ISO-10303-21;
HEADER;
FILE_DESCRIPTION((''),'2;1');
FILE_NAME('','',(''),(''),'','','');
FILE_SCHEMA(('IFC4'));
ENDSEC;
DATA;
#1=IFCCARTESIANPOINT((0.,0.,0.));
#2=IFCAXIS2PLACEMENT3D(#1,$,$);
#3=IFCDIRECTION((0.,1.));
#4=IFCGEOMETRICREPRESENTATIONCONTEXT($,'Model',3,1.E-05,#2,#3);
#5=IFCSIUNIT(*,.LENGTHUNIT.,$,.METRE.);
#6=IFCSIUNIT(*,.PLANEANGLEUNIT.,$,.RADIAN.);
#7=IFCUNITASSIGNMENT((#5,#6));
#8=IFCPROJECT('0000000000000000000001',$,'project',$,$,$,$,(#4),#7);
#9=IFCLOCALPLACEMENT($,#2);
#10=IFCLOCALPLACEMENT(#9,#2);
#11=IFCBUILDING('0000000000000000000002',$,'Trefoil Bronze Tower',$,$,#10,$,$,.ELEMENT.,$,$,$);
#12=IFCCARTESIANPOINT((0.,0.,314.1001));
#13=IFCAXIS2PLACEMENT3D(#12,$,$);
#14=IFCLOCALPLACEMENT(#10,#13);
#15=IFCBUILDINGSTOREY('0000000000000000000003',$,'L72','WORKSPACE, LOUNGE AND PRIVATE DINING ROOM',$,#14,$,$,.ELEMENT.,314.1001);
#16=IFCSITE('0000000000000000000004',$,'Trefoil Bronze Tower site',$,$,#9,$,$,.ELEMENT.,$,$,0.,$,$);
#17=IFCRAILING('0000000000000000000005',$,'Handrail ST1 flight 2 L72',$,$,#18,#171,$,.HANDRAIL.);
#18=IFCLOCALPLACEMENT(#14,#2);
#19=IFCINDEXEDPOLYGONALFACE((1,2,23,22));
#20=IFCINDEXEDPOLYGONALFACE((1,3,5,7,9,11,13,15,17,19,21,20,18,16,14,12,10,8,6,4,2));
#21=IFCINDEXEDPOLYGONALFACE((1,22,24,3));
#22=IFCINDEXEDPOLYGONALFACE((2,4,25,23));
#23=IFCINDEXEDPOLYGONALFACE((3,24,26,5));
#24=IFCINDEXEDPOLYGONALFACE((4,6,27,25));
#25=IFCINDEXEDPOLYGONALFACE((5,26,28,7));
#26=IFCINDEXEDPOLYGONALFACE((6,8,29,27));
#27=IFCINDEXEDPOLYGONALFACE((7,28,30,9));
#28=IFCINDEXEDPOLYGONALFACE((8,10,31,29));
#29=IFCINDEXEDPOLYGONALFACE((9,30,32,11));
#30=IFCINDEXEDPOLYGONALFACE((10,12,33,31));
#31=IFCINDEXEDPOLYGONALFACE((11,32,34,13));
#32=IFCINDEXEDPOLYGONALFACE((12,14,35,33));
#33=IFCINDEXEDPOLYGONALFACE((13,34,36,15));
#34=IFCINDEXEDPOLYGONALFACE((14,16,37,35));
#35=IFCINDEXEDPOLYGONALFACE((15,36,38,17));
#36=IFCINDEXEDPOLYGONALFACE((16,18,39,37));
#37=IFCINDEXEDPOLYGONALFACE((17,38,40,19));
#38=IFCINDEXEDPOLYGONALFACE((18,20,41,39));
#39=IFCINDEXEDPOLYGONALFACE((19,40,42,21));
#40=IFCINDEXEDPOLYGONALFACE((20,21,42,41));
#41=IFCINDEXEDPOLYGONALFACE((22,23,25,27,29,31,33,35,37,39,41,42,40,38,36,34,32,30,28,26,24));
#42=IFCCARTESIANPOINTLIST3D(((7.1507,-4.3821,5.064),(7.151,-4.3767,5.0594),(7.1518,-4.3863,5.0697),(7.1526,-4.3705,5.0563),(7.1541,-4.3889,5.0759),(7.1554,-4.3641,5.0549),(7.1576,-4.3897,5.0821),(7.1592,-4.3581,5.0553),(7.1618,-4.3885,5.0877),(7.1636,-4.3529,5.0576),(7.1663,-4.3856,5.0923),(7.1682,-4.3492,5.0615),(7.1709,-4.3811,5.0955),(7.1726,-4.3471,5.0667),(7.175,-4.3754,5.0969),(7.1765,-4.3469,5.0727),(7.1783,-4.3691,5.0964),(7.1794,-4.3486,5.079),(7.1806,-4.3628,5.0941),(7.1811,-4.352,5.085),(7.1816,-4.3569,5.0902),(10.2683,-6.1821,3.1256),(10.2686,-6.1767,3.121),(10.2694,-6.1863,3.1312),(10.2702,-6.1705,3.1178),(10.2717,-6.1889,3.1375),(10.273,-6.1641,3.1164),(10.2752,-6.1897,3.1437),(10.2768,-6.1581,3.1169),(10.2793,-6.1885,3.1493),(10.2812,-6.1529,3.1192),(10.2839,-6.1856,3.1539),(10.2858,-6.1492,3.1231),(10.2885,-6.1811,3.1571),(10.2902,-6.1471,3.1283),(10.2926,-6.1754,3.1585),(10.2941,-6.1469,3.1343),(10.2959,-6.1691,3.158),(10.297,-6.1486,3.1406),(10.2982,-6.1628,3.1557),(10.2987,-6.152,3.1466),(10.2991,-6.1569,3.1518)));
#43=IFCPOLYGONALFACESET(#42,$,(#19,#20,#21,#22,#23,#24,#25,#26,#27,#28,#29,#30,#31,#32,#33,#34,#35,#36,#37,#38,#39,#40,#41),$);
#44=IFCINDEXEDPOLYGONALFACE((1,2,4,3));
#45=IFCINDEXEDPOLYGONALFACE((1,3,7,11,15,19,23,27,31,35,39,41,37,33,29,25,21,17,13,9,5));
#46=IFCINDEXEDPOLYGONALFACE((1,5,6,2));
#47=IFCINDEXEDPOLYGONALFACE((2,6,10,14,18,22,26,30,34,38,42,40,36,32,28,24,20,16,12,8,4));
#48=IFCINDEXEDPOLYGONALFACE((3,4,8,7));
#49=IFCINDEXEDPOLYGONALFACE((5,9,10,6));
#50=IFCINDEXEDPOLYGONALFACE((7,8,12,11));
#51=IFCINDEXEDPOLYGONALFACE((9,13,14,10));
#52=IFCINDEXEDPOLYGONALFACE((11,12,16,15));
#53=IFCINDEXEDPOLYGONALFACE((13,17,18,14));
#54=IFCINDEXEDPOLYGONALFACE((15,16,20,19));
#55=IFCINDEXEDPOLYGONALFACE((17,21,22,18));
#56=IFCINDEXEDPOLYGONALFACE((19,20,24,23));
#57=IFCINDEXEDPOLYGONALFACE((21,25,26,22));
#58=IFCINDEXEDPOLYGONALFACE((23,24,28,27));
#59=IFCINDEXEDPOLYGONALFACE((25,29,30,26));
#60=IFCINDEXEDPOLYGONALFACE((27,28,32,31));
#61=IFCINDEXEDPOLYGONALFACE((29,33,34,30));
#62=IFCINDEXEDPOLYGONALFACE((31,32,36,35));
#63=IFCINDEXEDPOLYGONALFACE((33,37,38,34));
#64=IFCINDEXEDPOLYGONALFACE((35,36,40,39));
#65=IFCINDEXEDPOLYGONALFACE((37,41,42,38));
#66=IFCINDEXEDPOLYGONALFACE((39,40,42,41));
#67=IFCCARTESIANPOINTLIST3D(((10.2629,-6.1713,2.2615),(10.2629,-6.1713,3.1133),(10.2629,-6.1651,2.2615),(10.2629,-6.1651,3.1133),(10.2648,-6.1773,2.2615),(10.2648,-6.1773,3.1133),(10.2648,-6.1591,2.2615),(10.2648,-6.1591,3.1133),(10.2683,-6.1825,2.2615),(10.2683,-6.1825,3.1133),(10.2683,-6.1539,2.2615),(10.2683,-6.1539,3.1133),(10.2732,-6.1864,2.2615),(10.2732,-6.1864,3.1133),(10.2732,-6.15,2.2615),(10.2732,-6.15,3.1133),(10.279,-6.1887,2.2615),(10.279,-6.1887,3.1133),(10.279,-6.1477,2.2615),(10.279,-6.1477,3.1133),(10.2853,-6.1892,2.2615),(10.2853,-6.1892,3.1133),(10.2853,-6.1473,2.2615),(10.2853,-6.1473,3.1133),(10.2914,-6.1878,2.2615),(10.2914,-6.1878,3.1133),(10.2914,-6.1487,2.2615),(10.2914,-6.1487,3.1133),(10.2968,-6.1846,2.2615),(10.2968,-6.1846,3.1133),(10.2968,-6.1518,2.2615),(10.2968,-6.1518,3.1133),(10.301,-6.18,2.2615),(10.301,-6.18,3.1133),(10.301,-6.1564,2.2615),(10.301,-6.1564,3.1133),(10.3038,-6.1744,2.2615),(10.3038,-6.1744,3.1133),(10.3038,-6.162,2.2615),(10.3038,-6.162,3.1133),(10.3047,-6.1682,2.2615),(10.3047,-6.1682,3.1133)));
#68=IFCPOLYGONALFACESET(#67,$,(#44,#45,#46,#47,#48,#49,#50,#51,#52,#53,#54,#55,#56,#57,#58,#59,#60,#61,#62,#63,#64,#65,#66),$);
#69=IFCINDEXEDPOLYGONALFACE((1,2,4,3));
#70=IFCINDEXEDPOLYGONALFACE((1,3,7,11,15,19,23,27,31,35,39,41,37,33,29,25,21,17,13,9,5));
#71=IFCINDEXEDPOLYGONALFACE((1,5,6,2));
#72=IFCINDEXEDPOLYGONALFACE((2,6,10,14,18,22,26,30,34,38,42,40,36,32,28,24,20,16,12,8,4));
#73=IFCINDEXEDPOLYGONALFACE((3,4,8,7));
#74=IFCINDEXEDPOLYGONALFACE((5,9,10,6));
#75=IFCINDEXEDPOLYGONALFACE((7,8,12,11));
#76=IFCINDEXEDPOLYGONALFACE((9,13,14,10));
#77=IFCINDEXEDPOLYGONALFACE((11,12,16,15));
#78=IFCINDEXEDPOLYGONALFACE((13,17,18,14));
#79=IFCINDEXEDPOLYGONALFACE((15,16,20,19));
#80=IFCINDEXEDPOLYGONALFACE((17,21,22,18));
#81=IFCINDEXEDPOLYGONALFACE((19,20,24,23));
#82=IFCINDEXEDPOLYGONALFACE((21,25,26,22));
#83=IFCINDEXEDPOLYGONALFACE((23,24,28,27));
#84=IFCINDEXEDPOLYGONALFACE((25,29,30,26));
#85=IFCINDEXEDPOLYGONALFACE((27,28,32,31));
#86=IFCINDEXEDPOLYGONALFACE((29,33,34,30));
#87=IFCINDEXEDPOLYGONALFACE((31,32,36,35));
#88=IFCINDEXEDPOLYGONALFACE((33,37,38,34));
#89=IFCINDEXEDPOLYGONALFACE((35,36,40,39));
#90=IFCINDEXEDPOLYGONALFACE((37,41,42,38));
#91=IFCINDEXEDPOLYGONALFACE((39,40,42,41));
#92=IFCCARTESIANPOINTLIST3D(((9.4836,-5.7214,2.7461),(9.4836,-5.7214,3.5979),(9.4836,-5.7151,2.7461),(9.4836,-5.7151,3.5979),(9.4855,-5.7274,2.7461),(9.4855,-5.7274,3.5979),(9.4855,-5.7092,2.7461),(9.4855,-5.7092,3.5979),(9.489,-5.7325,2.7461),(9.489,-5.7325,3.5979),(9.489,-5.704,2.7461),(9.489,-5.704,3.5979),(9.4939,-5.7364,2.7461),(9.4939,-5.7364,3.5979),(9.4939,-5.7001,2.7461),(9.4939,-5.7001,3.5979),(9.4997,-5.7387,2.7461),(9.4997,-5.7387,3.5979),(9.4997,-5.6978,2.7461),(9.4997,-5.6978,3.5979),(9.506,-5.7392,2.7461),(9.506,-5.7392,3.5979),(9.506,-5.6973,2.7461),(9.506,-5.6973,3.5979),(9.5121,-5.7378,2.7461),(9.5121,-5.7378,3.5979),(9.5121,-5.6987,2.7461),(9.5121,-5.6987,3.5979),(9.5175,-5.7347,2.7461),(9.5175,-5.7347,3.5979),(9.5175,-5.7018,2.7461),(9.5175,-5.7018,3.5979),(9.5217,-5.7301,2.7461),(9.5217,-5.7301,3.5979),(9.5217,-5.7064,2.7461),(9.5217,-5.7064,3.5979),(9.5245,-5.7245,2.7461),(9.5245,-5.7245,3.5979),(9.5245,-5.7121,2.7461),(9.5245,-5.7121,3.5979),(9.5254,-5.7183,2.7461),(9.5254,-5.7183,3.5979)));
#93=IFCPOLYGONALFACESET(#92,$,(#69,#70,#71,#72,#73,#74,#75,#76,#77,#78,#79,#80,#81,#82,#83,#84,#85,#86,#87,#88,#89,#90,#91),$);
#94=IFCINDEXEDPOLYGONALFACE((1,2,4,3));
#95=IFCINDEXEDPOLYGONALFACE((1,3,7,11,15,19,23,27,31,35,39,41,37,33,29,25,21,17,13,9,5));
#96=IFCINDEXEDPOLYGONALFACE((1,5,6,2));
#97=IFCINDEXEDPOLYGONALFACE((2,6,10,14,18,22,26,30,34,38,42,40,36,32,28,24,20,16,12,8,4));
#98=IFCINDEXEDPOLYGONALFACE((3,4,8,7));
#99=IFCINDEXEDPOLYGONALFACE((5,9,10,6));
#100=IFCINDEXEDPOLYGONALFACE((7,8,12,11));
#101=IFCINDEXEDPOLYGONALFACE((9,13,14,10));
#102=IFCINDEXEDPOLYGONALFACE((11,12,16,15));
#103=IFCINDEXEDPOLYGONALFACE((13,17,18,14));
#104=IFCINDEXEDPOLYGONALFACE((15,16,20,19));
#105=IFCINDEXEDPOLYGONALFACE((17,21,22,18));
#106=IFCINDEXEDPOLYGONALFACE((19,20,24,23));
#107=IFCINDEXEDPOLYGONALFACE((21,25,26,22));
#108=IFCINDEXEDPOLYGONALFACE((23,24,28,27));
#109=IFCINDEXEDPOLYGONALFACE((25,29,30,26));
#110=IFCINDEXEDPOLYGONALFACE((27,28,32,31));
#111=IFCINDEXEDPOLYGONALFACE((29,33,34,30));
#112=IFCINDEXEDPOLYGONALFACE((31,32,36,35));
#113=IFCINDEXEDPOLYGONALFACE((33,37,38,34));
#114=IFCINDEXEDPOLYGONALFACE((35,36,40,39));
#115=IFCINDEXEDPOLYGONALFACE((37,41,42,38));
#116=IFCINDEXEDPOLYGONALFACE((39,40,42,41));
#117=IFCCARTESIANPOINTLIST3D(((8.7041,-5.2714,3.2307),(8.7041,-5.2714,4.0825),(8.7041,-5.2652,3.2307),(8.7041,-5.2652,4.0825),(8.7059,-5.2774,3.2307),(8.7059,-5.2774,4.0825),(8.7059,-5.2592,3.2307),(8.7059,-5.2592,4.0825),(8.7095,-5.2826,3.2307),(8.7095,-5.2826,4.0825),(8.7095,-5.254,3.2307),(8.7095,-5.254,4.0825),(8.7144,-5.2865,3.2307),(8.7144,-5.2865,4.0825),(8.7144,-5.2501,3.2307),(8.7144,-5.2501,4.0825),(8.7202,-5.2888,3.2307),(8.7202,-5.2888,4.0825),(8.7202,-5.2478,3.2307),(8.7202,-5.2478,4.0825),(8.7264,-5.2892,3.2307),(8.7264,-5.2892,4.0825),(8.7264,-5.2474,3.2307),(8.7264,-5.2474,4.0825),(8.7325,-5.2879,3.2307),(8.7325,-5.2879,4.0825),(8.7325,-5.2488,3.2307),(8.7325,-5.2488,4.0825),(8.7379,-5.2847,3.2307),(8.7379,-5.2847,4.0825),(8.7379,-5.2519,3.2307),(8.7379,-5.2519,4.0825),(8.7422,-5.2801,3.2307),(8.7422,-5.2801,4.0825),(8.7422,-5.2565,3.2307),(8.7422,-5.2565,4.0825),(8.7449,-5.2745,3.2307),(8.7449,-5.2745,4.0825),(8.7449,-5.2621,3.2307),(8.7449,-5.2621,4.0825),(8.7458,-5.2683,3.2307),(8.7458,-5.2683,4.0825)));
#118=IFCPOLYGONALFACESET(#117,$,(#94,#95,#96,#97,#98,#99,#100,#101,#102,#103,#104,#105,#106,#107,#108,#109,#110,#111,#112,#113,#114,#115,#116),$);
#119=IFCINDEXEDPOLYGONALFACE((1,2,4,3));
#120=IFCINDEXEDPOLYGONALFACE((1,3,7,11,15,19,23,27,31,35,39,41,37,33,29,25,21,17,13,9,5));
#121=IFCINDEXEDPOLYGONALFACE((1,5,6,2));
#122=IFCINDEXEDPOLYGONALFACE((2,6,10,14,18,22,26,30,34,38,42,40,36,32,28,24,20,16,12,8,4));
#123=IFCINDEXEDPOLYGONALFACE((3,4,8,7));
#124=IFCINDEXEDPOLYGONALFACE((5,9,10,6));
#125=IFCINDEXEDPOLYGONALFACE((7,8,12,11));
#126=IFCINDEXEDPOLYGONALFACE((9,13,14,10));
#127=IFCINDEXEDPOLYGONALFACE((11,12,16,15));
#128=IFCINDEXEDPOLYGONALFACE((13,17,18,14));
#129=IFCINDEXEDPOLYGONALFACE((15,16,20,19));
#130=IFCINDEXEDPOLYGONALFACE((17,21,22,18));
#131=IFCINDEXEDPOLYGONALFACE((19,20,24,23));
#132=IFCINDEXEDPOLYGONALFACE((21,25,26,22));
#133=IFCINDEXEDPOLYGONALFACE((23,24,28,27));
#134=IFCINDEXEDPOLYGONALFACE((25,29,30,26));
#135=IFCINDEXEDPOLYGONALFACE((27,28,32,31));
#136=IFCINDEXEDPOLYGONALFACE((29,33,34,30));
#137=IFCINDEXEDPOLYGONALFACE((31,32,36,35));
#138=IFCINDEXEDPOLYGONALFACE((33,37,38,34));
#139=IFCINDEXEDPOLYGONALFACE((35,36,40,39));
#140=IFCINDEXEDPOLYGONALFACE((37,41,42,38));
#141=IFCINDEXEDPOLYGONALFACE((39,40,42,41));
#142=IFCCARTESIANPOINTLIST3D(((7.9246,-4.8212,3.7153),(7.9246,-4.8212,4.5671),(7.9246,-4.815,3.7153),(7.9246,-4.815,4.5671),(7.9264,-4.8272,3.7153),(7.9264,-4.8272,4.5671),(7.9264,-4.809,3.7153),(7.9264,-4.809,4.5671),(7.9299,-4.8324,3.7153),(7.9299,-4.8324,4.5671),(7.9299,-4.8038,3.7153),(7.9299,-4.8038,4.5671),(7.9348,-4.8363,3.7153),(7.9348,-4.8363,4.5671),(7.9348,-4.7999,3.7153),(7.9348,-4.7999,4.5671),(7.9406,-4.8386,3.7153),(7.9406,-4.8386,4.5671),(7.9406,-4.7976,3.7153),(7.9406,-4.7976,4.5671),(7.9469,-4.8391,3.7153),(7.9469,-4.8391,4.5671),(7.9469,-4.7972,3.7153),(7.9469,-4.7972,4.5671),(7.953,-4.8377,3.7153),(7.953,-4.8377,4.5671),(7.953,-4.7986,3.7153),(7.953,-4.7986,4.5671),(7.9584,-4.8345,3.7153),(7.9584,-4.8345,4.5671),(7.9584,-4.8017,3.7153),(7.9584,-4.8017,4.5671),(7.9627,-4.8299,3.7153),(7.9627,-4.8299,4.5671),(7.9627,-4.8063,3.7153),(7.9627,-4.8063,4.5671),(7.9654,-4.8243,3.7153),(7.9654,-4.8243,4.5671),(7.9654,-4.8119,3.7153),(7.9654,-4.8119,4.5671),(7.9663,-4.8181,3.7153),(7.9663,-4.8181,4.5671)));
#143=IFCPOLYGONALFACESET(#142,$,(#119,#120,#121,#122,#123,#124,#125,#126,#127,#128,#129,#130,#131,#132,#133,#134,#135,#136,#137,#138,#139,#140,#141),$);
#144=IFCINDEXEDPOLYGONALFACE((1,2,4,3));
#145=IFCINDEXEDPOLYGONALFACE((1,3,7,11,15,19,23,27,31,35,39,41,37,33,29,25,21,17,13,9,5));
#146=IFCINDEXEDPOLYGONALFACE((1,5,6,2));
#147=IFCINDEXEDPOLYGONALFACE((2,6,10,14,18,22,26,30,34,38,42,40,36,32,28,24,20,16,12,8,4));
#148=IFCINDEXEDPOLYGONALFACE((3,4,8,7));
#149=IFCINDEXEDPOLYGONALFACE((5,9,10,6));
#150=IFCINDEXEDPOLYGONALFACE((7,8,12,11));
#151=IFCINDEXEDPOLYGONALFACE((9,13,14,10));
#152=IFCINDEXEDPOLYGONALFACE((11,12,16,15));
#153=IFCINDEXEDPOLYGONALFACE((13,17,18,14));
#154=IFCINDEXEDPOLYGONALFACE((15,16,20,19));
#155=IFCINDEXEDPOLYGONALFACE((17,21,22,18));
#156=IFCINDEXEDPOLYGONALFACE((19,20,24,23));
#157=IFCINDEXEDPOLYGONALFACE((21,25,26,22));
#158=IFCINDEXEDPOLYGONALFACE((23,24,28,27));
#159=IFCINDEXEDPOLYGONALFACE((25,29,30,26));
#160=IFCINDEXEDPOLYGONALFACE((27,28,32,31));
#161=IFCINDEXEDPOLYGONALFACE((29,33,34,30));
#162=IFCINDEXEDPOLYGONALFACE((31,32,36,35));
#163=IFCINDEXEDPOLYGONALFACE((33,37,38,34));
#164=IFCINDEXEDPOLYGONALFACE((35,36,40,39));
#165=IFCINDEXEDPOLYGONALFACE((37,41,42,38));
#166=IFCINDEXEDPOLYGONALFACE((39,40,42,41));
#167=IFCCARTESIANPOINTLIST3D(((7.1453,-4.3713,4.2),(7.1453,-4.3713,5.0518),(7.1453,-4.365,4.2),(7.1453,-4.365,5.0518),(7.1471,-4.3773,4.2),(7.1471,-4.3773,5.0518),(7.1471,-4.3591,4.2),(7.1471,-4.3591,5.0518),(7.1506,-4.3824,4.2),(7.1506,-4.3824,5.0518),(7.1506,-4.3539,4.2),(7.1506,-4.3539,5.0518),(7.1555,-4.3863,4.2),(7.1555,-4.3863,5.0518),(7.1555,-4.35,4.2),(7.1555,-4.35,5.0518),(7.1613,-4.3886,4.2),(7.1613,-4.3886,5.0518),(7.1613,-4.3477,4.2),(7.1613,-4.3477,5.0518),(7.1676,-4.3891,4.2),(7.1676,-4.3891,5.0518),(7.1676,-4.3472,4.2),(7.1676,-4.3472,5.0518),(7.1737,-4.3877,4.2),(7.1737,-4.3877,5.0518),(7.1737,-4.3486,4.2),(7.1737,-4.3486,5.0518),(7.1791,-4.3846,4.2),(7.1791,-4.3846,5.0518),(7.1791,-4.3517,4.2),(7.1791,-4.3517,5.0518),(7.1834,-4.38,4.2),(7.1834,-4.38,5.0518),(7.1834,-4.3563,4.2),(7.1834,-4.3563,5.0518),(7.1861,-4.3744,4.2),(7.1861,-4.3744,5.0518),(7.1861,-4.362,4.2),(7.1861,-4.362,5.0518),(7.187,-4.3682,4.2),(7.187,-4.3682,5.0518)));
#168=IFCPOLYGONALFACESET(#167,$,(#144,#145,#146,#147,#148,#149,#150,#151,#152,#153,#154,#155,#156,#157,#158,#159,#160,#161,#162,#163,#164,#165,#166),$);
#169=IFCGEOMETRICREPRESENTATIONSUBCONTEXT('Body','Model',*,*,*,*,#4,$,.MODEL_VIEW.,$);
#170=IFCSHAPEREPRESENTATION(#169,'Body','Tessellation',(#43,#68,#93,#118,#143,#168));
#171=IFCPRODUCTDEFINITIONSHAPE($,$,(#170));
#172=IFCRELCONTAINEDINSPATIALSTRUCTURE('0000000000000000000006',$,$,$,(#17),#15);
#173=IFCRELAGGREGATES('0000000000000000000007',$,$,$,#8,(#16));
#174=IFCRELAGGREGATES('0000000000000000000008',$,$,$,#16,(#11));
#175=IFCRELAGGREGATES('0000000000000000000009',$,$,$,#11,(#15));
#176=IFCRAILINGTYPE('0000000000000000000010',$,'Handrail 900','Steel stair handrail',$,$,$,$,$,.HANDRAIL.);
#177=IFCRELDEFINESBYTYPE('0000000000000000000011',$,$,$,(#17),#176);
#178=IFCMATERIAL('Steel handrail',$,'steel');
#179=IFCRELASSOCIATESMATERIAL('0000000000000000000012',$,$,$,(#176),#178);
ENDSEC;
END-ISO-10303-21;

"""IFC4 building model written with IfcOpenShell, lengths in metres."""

from ifc_helpers import new_model, si_unit, direction, frame, origin, origin_2d, place, context, subcontext, project, spatial, circle, extrude, material, type_object, element, save


model = new_model("IFC4")

# Units and contexts
model_context = context("Model", 3, precision=1e-05, world=origin(), true_north=direction((0.0, 1.0)))
body_context = subcontext(model_context, "Body", "Model", "MODEL_VIEW")
ifc_project = project(units=[si_unit("LENGTHUNIT", "METRE"), si_unit("PLANEANGLEUNIT", "RADIAN")], contexts=[model_context])

# Site, building, storey
site_placement = place(None, origin())
site = spatial("IfcSite", under=ifc_project, at=site_placement, Name="Trefoil Bronze Tower site", CompositionType="ELEMENT", RefElevation=0.0)
building_placement = place(site_placement, origin())
building = spatial("IfcBuilding", under=site, at=building_placement, Name="Trefoil Bronze Tower", CompositionType="ELEMENT")
storey_placement = place(building_placement, frame((0.0, 0.0, 314.1001)))
storey = spatial("IfcBuildingStorey", under=building, at=storey_placement, Name="L72", Description="WORKSPACE, LOUNGE AND PRIVATE DINING ROOM", CompositionType="ELEMENT", Elevation=314.1001)

# Railing
ifc_material_1 = material(Name="Steel handrail", Category="steel")
railing_type = type_object("IfcRailingType", Name="Handrail 900", Description="Steel stair handrail", PredefinedType="HANDRAIL", material=ifc_material_1)
railing_1_placement = place(storey_placement, frame((10.2837, -6.1682, 2.2615)))
element("IfcRailing", 1, at=railing_1_placement, inside=storey, type_object=railing_type, Name="Handrail ST1 flight 2 L72", PredefinedType="HANDRAIL", context=body_context, shape_type="SweptSolid", body=[
    extrude(circle(Radius=0.0239, at=origin_2d()), frame((0.0, 0.0, 0.876), z_axis=(-0.762503, 0.440246, 0.474102), x_axis=(-0.500012, -0.866018, 0.0)), (0.0, 0.0, 1.0), 4.0886),
    extrude(circle(Radius=0.021, at=origin_2d()), origin(), (0.0, 0.0, 1.0), 0.8518),
    extrude(circle(Radius=0.021, at=origin_2d()), frame((-0.7793, 0.45, 0.4846)), (0.0, 0.0, 1.0), 0.8518),
    extrude(circle(Radius=0.021, at=origin_2d()), frame((-1.5588, 0.8999, 0.9692)), (0.0, 0.0, 1.0), 0.8518),
    extrude(circle(Radius=0.021, at=origin_2d()), frame((-2.3384, 1.3501, 1.4539)), (0.0, 0.0, 1.0), 0.8518),
    extrude(circle(Radius=0.021, at=origin_2d()), frame((-3.1177, 1.8, 1.9385)), (0.0, 0.0, 1.0), 0.8518),
])

save(model, "model.ifc")
